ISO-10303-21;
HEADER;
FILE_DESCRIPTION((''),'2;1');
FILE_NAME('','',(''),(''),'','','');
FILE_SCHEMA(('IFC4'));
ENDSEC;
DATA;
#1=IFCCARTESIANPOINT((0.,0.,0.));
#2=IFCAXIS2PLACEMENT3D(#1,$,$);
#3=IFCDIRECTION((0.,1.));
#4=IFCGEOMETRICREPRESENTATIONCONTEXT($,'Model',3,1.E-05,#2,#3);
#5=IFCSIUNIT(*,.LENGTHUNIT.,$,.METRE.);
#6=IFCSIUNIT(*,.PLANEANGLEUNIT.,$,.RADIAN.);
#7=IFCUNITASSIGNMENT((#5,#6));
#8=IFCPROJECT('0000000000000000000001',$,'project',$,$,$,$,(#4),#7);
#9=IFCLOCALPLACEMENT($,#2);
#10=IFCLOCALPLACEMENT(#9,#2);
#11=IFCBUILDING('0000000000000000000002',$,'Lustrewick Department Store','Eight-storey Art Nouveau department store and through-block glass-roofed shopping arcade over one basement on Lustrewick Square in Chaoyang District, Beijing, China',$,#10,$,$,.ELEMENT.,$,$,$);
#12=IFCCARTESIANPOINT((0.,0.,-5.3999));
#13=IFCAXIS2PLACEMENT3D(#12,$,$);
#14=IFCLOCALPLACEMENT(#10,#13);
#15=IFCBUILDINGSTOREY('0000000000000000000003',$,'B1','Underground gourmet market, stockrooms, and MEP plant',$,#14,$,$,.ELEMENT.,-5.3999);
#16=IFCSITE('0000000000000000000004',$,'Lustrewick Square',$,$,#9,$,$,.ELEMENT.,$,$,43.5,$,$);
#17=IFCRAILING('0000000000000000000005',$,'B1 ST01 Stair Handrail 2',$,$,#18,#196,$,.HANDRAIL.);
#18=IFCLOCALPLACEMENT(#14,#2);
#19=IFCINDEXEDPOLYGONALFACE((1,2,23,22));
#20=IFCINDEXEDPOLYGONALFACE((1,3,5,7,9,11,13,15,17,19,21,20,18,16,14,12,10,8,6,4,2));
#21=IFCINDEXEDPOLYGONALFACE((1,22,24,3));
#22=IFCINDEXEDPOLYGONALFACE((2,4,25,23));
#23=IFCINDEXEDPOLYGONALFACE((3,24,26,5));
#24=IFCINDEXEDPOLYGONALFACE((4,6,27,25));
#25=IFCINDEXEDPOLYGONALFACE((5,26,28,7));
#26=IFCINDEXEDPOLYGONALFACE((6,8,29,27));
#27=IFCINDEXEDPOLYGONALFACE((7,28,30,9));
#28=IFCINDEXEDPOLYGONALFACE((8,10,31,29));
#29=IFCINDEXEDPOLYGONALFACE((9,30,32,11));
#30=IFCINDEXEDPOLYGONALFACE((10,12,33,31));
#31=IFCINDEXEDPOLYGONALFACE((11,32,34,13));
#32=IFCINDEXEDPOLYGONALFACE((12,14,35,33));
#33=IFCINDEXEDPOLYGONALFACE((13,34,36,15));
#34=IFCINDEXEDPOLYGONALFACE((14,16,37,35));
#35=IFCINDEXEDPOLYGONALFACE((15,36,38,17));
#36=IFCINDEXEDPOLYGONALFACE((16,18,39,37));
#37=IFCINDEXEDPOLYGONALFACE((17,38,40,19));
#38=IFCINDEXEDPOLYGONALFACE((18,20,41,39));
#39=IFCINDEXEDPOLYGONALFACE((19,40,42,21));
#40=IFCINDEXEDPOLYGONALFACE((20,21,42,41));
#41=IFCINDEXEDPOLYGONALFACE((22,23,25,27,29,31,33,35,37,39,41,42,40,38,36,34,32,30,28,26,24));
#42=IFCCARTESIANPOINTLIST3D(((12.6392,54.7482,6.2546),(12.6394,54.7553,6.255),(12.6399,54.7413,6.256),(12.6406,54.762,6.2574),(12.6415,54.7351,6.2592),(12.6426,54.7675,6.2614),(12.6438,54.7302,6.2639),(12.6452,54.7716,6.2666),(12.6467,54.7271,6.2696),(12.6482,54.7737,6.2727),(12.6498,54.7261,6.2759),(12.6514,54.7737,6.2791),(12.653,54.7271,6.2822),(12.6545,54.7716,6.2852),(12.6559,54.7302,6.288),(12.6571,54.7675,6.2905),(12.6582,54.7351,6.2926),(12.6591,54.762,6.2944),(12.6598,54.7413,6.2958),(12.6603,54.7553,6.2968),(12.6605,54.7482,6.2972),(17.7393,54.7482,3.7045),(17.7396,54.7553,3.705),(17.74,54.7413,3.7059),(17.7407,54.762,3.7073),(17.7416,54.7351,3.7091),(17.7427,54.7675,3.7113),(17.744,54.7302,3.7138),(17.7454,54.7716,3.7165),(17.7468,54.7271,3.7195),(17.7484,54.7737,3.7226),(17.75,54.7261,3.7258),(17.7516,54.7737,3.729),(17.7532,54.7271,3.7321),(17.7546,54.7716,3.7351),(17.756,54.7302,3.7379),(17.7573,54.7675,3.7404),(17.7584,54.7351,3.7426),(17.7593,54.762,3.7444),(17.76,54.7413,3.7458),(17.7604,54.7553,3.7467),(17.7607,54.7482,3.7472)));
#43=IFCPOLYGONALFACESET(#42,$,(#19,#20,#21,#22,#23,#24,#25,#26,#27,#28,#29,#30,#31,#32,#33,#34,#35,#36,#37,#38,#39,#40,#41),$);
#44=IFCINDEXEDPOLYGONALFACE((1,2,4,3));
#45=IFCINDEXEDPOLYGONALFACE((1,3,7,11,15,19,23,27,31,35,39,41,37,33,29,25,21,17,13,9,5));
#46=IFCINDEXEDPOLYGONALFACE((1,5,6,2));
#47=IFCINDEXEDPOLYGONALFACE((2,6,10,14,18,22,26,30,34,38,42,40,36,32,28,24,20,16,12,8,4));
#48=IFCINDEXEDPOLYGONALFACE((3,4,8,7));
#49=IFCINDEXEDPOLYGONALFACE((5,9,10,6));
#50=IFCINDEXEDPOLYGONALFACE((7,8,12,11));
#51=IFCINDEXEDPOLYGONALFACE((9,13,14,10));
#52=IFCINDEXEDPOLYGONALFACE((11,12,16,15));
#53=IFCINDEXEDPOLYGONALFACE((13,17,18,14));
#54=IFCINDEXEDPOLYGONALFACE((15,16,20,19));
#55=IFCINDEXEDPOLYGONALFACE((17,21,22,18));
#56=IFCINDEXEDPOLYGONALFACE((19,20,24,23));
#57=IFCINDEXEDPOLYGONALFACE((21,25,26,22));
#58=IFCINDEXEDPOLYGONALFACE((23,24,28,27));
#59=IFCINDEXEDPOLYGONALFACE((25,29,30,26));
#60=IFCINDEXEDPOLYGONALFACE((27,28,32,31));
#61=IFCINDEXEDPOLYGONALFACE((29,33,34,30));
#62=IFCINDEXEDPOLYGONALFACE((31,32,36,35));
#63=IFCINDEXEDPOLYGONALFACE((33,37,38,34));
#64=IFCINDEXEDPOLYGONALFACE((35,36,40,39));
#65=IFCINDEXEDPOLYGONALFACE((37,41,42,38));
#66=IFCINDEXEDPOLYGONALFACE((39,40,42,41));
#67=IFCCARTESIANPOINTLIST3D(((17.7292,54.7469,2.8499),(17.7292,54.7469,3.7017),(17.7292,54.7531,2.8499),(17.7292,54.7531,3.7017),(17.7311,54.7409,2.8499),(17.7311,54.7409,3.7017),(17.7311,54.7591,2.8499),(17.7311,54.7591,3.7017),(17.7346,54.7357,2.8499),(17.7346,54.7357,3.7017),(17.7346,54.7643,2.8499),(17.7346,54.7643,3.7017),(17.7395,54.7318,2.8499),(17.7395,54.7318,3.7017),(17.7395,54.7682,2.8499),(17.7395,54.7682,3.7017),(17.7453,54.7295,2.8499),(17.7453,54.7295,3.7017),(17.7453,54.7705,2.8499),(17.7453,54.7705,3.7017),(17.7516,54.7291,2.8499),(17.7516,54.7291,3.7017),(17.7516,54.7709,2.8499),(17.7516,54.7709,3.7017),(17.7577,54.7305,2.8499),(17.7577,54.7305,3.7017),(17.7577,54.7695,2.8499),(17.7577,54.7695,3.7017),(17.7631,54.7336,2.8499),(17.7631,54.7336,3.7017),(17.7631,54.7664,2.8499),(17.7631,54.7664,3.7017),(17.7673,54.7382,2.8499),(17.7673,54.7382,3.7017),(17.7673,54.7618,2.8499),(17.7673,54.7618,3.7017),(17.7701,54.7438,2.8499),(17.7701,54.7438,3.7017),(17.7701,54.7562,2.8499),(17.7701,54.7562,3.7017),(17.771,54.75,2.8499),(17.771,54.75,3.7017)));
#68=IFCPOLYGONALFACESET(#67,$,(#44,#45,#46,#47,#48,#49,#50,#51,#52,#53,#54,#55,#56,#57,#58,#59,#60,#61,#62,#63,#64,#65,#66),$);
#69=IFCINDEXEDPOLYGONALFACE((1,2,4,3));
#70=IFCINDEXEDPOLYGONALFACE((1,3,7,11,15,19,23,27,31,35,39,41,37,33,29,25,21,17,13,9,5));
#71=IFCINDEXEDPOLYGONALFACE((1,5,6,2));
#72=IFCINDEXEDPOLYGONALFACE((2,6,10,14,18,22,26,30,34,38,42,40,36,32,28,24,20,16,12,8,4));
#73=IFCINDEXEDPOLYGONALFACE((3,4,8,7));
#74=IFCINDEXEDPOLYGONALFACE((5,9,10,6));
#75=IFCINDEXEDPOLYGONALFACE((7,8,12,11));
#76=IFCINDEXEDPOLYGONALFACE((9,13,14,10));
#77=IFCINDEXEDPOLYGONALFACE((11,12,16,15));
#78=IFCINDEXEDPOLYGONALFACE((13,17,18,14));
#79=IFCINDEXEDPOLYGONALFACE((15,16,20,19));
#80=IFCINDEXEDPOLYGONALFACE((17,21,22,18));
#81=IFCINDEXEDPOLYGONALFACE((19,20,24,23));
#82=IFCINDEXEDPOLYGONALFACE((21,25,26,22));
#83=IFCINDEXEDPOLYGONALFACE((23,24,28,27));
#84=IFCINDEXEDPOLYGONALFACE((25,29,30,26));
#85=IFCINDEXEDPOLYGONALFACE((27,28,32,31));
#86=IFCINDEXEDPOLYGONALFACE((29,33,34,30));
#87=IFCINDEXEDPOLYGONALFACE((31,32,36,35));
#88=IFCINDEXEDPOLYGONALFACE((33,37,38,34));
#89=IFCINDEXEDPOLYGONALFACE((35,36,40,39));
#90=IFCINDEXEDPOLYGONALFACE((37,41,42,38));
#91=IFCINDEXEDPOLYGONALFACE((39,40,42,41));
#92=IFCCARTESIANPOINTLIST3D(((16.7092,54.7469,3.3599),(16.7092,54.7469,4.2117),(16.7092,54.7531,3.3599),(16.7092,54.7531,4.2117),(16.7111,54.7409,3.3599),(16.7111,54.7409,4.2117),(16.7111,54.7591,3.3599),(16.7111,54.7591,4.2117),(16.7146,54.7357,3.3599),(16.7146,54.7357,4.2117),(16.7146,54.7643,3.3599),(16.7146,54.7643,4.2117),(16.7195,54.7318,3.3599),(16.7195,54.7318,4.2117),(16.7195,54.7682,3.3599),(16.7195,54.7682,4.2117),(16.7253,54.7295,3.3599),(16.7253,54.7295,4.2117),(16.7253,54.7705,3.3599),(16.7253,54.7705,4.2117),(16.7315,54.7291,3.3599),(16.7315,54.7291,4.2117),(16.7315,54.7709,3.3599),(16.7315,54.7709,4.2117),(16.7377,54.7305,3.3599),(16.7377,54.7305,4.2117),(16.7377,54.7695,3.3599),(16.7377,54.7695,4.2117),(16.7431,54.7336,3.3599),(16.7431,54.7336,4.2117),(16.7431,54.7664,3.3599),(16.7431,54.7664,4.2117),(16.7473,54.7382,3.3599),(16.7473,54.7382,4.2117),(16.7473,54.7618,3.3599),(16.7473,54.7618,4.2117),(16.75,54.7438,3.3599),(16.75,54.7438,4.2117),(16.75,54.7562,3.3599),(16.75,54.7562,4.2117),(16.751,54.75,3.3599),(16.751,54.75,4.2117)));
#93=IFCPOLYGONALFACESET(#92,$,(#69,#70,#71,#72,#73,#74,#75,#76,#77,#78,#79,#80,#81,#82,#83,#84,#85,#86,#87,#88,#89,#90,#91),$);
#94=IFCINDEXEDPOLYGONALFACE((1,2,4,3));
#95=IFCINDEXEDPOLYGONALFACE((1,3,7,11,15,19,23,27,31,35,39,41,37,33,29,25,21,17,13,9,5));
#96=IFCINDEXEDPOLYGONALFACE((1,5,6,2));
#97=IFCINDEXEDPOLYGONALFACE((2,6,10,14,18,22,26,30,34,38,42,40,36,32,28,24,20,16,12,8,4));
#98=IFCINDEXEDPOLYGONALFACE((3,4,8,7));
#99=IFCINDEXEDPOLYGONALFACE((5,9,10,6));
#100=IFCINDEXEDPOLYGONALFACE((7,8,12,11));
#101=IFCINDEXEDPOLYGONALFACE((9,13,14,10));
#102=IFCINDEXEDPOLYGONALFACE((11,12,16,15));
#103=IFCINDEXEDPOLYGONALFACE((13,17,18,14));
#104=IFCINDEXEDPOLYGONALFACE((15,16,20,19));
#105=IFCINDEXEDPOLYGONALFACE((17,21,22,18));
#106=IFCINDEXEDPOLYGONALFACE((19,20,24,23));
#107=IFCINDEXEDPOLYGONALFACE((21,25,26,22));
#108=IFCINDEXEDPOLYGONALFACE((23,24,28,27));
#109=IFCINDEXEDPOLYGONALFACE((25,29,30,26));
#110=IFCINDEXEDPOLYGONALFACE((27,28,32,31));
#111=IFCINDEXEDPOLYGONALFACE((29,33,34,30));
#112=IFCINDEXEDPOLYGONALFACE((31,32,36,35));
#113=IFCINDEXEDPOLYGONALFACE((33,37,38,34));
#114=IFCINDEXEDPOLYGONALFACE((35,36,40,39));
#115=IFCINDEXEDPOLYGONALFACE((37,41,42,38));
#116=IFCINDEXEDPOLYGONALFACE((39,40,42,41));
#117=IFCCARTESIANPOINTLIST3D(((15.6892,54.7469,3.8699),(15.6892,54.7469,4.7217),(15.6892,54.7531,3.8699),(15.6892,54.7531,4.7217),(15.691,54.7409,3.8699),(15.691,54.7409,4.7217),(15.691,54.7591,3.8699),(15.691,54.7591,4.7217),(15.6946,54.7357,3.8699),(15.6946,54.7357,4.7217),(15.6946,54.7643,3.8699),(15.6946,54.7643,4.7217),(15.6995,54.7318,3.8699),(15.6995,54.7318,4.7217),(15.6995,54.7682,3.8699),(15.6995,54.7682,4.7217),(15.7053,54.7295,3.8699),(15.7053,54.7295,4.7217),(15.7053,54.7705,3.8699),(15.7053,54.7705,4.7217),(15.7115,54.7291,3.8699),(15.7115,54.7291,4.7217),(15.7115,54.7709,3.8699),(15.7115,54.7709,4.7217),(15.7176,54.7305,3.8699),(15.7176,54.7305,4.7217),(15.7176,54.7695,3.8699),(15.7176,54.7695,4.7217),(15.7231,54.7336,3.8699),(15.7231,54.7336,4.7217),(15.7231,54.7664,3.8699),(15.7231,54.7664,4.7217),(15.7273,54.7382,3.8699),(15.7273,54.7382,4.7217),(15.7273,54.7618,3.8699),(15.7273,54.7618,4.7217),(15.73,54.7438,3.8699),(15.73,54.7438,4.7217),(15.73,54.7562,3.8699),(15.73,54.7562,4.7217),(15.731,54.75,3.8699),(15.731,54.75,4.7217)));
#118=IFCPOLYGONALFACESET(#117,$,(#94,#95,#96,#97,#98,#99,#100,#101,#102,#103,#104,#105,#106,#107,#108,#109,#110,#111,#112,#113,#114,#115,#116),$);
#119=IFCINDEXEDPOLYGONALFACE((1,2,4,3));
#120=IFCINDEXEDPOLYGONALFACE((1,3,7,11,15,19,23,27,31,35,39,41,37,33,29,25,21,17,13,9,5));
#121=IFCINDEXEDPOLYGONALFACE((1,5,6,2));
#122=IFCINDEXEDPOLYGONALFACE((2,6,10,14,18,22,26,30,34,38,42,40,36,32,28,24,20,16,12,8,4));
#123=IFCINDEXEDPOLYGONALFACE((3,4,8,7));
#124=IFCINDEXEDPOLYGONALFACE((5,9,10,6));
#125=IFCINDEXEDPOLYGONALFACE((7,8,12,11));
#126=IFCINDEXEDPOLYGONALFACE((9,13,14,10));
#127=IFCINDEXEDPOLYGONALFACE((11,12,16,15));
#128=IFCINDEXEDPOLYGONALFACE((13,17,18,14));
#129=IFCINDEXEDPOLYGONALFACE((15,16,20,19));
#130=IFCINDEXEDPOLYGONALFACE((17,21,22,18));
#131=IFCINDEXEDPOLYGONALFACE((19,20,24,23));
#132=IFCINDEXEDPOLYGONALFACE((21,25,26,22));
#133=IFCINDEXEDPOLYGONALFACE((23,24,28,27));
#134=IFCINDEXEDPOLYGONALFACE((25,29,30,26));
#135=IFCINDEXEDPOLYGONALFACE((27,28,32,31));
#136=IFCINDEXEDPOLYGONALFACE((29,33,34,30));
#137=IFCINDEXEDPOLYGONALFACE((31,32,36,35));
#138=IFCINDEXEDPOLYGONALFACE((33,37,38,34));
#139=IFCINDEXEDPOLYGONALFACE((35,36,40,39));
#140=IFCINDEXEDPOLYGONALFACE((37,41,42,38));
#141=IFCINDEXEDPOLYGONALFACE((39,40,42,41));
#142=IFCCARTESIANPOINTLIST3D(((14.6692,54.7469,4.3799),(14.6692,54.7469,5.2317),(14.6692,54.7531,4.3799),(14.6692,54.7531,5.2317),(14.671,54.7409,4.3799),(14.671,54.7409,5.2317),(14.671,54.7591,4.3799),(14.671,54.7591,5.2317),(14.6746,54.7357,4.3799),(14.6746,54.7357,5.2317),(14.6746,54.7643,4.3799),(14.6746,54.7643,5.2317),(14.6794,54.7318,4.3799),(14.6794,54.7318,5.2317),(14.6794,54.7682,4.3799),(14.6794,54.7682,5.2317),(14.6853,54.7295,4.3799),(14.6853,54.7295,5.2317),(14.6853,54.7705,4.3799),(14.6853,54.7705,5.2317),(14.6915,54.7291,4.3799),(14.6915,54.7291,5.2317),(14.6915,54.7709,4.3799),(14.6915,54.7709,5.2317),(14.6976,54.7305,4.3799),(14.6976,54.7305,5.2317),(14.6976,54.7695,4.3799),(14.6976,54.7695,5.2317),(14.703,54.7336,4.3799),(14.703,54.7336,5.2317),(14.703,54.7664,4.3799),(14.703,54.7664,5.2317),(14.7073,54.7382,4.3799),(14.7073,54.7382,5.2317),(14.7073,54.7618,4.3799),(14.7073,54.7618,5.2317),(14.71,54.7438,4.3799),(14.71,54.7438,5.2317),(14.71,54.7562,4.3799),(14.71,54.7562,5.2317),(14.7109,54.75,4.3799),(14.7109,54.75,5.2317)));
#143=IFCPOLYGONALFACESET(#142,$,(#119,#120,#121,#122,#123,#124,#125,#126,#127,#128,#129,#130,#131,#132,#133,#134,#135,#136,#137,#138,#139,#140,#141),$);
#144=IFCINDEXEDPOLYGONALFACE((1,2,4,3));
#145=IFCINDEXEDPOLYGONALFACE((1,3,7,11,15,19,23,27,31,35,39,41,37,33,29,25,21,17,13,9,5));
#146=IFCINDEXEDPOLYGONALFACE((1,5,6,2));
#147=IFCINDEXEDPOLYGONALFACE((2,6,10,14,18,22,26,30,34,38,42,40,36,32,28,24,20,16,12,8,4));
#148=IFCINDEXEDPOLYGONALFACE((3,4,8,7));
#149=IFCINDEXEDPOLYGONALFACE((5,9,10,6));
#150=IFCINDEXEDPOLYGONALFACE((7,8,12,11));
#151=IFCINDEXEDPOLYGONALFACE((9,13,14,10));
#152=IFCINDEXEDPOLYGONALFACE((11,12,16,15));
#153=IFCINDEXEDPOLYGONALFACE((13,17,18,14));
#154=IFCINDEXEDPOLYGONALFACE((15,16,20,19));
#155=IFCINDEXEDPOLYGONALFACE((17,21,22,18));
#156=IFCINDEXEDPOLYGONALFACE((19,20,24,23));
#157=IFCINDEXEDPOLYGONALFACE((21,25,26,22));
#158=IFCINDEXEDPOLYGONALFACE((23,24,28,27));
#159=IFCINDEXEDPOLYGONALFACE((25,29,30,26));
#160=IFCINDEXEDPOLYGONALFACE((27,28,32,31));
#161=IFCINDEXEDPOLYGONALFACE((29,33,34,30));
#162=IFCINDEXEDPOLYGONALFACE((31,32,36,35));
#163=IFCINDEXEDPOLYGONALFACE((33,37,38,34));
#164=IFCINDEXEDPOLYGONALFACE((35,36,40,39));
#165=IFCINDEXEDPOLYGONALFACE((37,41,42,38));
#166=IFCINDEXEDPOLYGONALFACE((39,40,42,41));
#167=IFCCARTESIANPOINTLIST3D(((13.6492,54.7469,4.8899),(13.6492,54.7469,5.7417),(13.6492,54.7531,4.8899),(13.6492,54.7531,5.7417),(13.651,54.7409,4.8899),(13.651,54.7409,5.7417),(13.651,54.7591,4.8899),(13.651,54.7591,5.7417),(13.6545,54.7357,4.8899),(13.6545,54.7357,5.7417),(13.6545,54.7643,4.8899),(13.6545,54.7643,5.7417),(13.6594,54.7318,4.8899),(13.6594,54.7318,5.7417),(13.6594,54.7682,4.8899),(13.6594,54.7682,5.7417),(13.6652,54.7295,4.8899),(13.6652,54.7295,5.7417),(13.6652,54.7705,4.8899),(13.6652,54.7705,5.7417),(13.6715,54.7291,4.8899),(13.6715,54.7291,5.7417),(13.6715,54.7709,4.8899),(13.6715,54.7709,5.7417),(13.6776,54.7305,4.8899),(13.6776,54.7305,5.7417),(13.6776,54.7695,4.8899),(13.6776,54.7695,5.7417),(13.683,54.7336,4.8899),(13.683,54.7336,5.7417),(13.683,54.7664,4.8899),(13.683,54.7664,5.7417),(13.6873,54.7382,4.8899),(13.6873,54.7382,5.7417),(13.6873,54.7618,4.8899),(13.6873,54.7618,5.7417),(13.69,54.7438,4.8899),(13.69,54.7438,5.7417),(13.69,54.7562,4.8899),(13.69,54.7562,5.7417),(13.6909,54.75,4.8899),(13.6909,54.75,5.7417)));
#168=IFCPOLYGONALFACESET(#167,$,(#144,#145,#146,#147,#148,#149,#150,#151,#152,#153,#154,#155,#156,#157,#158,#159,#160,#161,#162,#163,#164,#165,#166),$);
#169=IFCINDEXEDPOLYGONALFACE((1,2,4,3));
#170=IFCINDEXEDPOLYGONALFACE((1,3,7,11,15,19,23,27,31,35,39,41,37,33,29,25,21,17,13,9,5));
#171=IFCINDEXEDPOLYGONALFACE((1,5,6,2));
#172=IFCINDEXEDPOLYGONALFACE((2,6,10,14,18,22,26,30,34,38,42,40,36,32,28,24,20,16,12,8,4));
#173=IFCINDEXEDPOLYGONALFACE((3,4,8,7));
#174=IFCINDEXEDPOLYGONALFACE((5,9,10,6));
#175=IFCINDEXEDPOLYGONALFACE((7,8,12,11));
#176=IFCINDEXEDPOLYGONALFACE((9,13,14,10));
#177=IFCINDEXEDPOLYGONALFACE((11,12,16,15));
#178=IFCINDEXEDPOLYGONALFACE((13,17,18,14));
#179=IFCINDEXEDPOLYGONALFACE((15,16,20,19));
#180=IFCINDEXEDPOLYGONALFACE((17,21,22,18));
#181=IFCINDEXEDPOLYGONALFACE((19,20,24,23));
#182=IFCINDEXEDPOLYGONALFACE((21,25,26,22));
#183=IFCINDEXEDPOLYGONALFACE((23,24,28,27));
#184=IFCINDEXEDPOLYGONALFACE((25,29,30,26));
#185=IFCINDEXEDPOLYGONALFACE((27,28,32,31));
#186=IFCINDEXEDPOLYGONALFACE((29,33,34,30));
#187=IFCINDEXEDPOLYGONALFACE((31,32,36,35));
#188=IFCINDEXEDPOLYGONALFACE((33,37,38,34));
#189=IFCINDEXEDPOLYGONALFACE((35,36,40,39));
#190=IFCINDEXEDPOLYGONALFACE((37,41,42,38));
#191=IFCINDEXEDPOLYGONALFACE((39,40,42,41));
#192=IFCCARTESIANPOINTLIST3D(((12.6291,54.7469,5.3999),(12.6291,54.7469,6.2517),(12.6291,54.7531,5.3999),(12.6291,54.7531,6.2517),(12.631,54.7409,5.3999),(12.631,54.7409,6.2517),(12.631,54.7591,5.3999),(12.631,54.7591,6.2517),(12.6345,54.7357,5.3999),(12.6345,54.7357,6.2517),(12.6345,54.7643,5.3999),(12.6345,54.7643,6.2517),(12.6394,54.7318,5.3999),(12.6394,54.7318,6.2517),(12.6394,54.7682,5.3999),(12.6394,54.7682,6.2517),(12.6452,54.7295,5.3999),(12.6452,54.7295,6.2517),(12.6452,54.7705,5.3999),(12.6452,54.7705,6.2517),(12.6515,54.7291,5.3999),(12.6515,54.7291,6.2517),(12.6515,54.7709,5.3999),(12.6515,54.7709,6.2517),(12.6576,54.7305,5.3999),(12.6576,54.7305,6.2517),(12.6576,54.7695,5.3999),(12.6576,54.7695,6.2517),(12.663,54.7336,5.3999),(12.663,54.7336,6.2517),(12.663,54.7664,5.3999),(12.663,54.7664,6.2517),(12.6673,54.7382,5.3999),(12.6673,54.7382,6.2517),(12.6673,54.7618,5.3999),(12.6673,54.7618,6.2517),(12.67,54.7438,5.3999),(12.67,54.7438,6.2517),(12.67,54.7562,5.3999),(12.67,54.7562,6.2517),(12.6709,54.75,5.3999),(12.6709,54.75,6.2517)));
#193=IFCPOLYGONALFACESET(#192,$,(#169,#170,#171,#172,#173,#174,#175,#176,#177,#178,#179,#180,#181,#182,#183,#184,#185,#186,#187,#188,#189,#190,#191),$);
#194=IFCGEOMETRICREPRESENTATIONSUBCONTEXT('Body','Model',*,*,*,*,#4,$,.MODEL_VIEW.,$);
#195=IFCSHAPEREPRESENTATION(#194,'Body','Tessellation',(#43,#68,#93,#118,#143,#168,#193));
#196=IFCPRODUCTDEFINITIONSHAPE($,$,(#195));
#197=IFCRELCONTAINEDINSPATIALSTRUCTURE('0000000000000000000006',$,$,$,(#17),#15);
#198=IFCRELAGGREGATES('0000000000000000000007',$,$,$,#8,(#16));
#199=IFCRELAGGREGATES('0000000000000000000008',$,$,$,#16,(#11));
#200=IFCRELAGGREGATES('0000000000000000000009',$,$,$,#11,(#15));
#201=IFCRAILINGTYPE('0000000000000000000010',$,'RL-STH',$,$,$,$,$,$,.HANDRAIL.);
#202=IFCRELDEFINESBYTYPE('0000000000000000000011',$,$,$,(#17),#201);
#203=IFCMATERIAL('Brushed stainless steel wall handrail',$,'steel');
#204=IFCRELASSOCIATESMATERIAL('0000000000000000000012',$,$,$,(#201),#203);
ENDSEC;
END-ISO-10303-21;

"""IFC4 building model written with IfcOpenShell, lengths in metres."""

from ifc_helpers import new_model, si_unit, direction, frame, origin, origin_2d, place, context, subcontext, project, spatial, circle, extrude, material, type_object, element, save


model = new_model("IFC4")

# Units and contexts
model_context = context("Model", 3, precision=1e-05, world=origin(), true_north=direction((0.0, 1.0)))
body_context = subcontext(model_context, "Body", "Model", "MODEL_VIEW")
ifc_project = project(units=[si_unit("LENGTHUNIT", "METRE"), si_unit("PLANEANGLEUNIT", "RADIAN")], contexts=[model_context])

# Site, building, storey
site_placement = place(None, origin())
site = spatial("IfcSite", under=ifc_project, at=site_placement, Name="Lustrewick Square", CompositionType="ELEMENT", RefElevation=43.5)
building_placement = place(site_placement, origin())
building = spatial("IfcBuilding", under=site, at=building_placement, Name="Lustrewick Department Store", Description="Eight-storey Art Nouveau department store and through-block glass-roofed shopping arcade over one basement on Lustrewick Square in Chaoyang District, Beijing, China", CompositionType="ELEMENT")
storey_placement = place(building_placement, frame((0.0, 0.0, -5.3999)))
storey = spatial("IfcBuildingStorey", under=building, at=storey_placement, Name="B1", Description="Underground gourmet market, stockrooms, and MEP plant", CompositionType="ELEMENT", Elevation=-5.3999)

# Railing
ifc_material_1 = material(Name="Brushed stainless steel wall handrail", Category="steel")
railing_type_1 = type_object("IfcRailingType", Name="RL-STH", PredefinedType="HANDRAIL", material=ifc_material_1)
railing_1_placement = place(storey_placement, frame((17.75, 54.75, 2.8499)))
element("IfcRailing", 1, at=railing_1_placement, inside=storey, type_object=railing_type_1, Name="B1 ST01 Stair Handrail 2", PredefinedType="HANDRAIL", context=body_context, shape_type="SweptSolid", body=[
    extrude(circle(Radius=0.0239, at=origin_2d()), frame((0.0, 0.0, 0.876), z_axis=(-0.894427, 0.0, 0.447214), x_axis=(0.0, -1.0, 0.0)), (0.0, 0.0, 1.0), 5.7021),
    extrude(circle(Radius=0.021, at=origin_2d()), origin(), (0.0, 0.0, 1.0), 0.8518),
    extrude(circle(Radius=0.021, at=origin_2d()), frame((-1.02, 0.0, 0.51)), (0.0, 0.0, 1.0), 0.8518),
    extrude(circle(Radius=0.021, at=origin_2d()), frame((-2.04, 0.0, 1.02)), (0.0, 0.0, 1.0), 0.8518),
    extrude(circle(Radius=0.021, at=origin_2d()), frame((-3.0601, 0.0, 1.53)), (0.0, 0.0, 1.0), 0.8518),
    extrude(circle(Radius=0.021, at=origin_2d()), frame((-4.0801, 0.0, 2.04)), (0.0, 0.0, 1.0), 0.8518),
    extrude(circle(Radius=0.021, at=origin_2d()), frame((-5.1001, 0.0, 2.55)), (0.0, 0.0, 1.0), 0.8518),
])

save(model, "model.ifc")
